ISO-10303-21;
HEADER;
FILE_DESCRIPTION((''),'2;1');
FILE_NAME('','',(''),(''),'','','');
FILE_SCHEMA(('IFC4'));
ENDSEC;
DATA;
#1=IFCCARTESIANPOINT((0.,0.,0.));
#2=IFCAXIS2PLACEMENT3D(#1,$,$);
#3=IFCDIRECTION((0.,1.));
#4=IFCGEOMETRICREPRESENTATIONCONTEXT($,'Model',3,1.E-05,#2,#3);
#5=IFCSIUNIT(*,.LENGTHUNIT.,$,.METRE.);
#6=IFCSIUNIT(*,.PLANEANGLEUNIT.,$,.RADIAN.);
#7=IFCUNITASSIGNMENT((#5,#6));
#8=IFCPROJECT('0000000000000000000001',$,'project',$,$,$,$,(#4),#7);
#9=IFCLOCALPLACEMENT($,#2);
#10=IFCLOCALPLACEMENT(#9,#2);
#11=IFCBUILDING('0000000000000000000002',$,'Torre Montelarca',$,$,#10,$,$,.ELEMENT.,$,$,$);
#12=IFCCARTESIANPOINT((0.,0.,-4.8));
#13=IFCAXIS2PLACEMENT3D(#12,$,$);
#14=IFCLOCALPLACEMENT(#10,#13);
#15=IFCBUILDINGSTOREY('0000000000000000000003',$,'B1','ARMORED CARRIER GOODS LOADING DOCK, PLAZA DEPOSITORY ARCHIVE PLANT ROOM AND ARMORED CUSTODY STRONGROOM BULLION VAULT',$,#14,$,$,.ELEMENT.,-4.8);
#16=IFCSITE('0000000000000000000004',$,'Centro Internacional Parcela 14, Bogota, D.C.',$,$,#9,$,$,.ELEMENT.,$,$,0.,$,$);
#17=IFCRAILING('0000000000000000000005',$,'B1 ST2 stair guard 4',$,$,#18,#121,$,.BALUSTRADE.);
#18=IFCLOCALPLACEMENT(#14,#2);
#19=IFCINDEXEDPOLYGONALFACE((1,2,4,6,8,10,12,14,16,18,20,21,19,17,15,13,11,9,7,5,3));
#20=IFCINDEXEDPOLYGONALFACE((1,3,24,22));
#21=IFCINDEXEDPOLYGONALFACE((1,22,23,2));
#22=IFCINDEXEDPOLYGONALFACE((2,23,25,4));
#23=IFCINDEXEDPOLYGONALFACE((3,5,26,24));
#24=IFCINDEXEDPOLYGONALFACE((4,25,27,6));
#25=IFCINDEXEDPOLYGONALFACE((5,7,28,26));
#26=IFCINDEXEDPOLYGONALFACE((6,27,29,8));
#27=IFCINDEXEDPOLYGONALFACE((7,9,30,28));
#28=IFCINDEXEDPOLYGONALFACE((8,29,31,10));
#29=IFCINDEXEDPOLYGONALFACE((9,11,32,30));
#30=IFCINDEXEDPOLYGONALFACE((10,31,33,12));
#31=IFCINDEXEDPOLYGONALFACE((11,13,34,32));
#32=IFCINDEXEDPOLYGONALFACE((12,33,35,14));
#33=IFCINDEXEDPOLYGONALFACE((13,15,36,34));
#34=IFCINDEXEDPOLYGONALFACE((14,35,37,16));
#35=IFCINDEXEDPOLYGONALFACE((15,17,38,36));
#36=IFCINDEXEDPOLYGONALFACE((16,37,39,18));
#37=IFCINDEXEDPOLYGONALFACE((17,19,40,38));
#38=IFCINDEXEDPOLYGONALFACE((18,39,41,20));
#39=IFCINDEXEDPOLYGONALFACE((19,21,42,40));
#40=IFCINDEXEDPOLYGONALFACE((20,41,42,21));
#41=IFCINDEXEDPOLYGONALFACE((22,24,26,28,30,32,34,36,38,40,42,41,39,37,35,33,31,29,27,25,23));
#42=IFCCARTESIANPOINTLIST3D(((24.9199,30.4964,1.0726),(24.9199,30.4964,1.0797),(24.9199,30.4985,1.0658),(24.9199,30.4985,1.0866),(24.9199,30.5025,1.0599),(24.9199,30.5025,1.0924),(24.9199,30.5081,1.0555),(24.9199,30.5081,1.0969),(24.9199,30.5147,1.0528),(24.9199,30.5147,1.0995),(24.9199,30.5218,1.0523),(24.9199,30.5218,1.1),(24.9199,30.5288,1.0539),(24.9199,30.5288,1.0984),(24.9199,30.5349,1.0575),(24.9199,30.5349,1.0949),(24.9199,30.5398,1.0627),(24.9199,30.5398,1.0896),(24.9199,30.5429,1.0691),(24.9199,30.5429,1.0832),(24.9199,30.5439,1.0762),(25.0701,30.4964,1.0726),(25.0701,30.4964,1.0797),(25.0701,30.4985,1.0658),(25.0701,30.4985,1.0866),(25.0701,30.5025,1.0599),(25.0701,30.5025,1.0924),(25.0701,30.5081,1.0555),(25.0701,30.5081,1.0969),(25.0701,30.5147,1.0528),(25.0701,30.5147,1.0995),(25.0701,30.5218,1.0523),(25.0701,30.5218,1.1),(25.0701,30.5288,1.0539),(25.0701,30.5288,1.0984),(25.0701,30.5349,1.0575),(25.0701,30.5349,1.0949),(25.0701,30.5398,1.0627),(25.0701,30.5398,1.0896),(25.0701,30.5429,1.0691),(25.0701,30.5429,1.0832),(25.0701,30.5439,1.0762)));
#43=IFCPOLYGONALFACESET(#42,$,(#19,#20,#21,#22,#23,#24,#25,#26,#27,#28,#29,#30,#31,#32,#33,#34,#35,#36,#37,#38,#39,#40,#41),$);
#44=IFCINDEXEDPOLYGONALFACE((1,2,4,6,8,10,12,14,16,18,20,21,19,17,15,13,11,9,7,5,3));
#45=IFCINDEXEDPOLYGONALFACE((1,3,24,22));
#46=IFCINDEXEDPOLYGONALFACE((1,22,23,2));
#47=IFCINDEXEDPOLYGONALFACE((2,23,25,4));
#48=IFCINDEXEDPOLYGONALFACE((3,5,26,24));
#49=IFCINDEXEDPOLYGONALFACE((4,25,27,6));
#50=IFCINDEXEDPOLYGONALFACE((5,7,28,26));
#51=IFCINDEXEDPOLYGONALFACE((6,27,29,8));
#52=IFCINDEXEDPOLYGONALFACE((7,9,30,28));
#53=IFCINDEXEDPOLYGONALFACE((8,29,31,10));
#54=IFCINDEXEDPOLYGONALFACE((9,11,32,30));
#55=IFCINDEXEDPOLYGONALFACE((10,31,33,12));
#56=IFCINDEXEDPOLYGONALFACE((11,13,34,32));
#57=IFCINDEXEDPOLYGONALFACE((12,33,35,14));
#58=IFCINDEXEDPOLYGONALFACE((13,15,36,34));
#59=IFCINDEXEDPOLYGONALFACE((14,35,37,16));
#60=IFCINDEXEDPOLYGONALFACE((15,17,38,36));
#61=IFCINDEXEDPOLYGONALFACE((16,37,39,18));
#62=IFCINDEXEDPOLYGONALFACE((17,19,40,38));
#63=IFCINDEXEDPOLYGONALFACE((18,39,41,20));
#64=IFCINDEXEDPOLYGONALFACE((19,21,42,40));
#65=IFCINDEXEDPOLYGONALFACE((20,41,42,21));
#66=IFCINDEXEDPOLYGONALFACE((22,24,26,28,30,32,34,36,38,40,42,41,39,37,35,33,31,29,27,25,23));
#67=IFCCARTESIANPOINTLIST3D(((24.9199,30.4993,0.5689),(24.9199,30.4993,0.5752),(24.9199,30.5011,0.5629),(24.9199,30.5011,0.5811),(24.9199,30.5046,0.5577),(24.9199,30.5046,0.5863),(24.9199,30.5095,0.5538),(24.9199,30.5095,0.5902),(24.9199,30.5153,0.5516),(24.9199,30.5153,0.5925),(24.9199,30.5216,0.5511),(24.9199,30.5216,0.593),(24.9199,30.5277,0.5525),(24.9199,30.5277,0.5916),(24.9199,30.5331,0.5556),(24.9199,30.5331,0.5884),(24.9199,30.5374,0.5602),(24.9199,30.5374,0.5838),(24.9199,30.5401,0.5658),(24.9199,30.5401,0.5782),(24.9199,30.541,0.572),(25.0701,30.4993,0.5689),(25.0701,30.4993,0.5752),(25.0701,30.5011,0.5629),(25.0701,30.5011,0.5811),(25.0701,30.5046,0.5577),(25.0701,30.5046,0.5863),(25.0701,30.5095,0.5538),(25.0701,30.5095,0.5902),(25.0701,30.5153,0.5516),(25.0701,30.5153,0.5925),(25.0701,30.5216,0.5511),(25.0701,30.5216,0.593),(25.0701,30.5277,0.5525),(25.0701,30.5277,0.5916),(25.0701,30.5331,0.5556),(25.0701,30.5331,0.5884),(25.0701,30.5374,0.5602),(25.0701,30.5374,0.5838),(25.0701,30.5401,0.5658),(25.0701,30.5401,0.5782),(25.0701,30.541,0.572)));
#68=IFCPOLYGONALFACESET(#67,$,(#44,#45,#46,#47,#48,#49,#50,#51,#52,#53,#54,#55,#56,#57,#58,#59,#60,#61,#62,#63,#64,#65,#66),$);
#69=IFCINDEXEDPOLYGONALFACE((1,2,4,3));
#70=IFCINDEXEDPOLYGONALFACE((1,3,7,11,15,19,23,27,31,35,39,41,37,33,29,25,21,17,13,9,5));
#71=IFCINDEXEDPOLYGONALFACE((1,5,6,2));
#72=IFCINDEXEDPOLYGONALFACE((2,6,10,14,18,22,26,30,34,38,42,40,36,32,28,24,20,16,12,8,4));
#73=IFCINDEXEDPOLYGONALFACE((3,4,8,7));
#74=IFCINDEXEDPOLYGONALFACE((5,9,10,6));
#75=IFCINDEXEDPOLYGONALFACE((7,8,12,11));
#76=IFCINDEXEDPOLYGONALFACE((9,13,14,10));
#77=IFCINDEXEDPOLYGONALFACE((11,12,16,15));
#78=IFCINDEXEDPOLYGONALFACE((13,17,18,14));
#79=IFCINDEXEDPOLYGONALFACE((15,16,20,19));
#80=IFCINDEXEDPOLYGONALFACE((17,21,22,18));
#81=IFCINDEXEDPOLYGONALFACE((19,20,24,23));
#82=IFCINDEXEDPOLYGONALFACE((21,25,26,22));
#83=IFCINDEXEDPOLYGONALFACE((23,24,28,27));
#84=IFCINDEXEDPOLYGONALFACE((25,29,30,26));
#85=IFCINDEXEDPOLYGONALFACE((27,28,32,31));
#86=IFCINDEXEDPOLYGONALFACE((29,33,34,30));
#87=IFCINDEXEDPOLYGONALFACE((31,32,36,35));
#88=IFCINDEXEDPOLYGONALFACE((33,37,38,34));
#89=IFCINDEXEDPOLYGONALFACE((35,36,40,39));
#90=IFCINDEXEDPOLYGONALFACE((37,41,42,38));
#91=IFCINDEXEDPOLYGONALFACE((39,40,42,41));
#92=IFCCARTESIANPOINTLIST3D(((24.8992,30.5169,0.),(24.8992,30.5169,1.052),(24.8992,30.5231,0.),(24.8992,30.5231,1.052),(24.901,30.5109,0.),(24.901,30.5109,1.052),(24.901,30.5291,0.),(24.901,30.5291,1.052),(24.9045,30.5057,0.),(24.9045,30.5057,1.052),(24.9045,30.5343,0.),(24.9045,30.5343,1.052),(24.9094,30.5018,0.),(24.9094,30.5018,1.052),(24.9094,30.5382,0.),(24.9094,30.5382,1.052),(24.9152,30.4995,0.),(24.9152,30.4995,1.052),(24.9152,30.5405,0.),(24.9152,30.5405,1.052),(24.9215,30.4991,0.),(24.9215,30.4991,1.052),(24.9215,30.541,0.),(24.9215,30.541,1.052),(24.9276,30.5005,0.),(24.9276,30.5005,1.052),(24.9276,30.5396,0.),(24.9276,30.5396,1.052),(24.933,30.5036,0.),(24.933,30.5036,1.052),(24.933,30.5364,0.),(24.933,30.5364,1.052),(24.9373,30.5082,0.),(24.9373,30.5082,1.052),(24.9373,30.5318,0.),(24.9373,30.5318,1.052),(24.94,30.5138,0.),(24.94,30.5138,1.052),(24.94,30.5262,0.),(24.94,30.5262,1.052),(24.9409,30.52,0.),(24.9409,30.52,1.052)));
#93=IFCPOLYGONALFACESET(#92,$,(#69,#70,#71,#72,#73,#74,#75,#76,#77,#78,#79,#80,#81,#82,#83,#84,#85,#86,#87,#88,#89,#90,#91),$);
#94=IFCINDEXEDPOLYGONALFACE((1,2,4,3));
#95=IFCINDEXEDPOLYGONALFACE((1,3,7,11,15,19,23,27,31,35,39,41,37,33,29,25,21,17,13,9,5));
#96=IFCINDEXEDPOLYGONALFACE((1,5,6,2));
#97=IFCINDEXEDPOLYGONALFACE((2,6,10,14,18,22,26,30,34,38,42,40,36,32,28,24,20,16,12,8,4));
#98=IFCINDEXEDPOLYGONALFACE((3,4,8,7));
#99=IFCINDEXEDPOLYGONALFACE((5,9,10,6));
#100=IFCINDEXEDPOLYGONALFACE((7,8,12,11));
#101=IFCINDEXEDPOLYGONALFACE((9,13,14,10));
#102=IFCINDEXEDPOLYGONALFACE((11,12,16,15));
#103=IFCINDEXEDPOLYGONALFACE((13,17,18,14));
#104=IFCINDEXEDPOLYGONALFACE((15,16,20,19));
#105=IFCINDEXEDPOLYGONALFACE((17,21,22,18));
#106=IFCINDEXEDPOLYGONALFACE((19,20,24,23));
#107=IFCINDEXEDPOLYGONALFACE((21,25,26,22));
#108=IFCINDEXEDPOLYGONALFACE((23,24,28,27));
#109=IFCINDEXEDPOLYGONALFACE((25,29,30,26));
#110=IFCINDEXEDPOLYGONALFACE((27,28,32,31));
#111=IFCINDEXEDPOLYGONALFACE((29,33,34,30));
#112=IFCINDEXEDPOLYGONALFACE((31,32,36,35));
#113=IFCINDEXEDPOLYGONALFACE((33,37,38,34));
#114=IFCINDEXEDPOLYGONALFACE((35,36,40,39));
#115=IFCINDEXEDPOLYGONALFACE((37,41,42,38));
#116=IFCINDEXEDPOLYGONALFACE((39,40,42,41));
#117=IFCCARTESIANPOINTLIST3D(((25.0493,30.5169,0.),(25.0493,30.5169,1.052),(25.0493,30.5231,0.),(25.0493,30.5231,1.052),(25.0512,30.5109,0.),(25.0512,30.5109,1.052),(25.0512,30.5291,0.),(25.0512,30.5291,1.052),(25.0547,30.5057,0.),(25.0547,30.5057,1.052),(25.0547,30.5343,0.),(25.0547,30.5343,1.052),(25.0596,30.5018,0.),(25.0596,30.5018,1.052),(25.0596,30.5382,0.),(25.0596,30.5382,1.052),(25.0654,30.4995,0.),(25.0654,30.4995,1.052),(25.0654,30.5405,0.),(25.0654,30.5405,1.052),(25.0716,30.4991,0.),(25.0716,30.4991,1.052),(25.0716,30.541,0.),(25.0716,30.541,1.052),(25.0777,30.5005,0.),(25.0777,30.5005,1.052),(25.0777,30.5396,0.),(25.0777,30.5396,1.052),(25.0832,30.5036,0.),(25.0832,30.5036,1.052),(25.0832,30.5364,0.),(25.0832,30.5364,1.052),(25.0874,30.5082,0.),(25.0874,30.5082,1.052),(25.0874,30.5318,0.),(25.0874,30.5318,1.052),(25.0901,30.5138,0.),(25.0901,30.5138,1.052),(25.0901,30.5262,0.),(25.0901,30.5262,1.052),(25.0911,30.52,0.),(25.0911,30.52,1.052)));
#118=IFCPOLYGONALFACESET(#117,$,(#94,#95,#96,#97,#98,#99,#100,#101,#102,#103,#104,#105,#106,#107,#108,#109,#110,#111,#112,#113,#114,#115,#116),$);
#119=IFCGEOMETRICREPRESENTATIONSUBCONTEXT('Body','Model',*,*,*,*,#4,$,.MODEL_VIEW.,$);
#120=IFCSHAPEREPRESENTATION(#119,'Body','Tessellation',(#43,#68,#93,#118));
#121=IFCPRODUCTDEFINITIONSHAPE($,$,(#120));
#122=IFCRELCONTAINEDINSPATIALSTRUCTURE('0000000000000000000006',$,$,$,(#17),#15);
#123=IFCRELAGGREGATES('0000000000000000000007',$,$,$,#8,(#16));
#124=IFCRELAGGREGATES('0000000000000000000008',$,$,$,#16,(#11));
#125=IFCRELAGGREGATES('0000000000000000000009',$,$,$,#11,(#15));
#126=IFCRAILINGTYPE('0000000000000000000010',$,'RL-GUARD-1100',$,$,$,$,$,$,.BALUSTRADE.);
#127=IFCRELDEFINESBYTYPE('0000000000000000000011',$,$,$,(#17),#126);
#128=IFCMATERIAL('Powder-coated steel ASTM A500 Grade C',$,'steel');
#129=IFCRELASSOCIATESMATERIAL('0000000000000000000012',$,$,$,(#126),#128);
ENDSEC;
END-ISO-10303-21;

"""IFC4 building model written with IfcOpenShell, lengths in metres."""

from ifc_helpers import new_model, si_unit, direction, frame, origin, origin_2d, place, context, subcontext, project, spatial, circle, extrude, material, type_object, element, save


model = new_model("IFC4")

# Units and contexts
model_context = context("Model", 3, precision=1e-05, world=origin(), true_north=direction((0.0, 1.0)))
body_context = subcontext(model_context, "Body", "Model", "MODEL_VIEW")
ifc_project = project(units=[si_unit("LENGTHUNIT", "METRE"), si_unit("PLANEANGLEUNIT", "RADIAN")], contexts=[model_context])

# Site, building, storey
site_placement = place(None, origin())
site = spatial("IfcSite", under=ifc_project, at=site_placement, Name="Centro Internacional Parcela 14, Bogota, D.C.", CompositionType="ELEMENT", RefElevation=0.0)
building_placement = place(site_placement, origin())
building = spatial("IfcBuilding", under=site, at=building_placement, Name="Torre Montelarca", CompositionType="ELEMENT")
storey_placement = place(building_placement, frame((0.0, 0.0, -4.8)))
storey = spatial("IfcBuildingStorey", under=building, at=storey_placement, Name="B1", Description="ARMORED CARRIER GOODS LOADING DOCK, PLAZA DEPOSITORY ARCHIVE PLANT ROOM AND ARMORED CUSTODY STRONGROOM BULLION VAULT", CompositionType="ELEMENT", Elevation=-4.8)

# Railing
ifc_material_1 = material(Name="Powder-coated steel ASTM A500 Grade C", Category="steel")
railing_type_1 = type_object("IfcRailingType", Name="RL-GUARD-1100", PredefinedType="BALUSTRADE", material=ifc_material_1)
railing_1_placement = place(storey_placement, frame((24.9199, 30.52, 0.0)))
element("IfcRailing", 1, at=railing_1_placement, inside=storey, type_object=railing_type_1, Name="B1 ST2 stair guard 4", PredefinedType="BALUSTRADE", context=body_context, shape_type="SweptSolid", body=[
    extrude(circle(Radius=0.0239, at=origin_2d()), frame((0.0, 0.0, 1.0762), z_axis=(1.0, 0.0, 0.0), x_axis=(0.0, 1.0, 0.0)), (0.0, 0.0, 1.0), 0.1501),
    extrude(circle(Radius=0.021, at=origin_2d()), frame((0.0, 0.0, 0.572), z_axis=(1.0, 0.0, 0.0), x_axis=(0.0, 1.0, 0.0)), (0.0, 0.0, 1.0), 0.1501),
    extrude(circle(Radius=0.021, at=origin_2d()), origin(), (0.0, 0.0, 1.0), 1.052),
    extrude(circle(Radius=0.021, at=origin_2d()), frame((0.1501, 0.0, 0.0)), (0.0, 0.0, 1.0), 1.052),
])

save(model, "model.ifc")
